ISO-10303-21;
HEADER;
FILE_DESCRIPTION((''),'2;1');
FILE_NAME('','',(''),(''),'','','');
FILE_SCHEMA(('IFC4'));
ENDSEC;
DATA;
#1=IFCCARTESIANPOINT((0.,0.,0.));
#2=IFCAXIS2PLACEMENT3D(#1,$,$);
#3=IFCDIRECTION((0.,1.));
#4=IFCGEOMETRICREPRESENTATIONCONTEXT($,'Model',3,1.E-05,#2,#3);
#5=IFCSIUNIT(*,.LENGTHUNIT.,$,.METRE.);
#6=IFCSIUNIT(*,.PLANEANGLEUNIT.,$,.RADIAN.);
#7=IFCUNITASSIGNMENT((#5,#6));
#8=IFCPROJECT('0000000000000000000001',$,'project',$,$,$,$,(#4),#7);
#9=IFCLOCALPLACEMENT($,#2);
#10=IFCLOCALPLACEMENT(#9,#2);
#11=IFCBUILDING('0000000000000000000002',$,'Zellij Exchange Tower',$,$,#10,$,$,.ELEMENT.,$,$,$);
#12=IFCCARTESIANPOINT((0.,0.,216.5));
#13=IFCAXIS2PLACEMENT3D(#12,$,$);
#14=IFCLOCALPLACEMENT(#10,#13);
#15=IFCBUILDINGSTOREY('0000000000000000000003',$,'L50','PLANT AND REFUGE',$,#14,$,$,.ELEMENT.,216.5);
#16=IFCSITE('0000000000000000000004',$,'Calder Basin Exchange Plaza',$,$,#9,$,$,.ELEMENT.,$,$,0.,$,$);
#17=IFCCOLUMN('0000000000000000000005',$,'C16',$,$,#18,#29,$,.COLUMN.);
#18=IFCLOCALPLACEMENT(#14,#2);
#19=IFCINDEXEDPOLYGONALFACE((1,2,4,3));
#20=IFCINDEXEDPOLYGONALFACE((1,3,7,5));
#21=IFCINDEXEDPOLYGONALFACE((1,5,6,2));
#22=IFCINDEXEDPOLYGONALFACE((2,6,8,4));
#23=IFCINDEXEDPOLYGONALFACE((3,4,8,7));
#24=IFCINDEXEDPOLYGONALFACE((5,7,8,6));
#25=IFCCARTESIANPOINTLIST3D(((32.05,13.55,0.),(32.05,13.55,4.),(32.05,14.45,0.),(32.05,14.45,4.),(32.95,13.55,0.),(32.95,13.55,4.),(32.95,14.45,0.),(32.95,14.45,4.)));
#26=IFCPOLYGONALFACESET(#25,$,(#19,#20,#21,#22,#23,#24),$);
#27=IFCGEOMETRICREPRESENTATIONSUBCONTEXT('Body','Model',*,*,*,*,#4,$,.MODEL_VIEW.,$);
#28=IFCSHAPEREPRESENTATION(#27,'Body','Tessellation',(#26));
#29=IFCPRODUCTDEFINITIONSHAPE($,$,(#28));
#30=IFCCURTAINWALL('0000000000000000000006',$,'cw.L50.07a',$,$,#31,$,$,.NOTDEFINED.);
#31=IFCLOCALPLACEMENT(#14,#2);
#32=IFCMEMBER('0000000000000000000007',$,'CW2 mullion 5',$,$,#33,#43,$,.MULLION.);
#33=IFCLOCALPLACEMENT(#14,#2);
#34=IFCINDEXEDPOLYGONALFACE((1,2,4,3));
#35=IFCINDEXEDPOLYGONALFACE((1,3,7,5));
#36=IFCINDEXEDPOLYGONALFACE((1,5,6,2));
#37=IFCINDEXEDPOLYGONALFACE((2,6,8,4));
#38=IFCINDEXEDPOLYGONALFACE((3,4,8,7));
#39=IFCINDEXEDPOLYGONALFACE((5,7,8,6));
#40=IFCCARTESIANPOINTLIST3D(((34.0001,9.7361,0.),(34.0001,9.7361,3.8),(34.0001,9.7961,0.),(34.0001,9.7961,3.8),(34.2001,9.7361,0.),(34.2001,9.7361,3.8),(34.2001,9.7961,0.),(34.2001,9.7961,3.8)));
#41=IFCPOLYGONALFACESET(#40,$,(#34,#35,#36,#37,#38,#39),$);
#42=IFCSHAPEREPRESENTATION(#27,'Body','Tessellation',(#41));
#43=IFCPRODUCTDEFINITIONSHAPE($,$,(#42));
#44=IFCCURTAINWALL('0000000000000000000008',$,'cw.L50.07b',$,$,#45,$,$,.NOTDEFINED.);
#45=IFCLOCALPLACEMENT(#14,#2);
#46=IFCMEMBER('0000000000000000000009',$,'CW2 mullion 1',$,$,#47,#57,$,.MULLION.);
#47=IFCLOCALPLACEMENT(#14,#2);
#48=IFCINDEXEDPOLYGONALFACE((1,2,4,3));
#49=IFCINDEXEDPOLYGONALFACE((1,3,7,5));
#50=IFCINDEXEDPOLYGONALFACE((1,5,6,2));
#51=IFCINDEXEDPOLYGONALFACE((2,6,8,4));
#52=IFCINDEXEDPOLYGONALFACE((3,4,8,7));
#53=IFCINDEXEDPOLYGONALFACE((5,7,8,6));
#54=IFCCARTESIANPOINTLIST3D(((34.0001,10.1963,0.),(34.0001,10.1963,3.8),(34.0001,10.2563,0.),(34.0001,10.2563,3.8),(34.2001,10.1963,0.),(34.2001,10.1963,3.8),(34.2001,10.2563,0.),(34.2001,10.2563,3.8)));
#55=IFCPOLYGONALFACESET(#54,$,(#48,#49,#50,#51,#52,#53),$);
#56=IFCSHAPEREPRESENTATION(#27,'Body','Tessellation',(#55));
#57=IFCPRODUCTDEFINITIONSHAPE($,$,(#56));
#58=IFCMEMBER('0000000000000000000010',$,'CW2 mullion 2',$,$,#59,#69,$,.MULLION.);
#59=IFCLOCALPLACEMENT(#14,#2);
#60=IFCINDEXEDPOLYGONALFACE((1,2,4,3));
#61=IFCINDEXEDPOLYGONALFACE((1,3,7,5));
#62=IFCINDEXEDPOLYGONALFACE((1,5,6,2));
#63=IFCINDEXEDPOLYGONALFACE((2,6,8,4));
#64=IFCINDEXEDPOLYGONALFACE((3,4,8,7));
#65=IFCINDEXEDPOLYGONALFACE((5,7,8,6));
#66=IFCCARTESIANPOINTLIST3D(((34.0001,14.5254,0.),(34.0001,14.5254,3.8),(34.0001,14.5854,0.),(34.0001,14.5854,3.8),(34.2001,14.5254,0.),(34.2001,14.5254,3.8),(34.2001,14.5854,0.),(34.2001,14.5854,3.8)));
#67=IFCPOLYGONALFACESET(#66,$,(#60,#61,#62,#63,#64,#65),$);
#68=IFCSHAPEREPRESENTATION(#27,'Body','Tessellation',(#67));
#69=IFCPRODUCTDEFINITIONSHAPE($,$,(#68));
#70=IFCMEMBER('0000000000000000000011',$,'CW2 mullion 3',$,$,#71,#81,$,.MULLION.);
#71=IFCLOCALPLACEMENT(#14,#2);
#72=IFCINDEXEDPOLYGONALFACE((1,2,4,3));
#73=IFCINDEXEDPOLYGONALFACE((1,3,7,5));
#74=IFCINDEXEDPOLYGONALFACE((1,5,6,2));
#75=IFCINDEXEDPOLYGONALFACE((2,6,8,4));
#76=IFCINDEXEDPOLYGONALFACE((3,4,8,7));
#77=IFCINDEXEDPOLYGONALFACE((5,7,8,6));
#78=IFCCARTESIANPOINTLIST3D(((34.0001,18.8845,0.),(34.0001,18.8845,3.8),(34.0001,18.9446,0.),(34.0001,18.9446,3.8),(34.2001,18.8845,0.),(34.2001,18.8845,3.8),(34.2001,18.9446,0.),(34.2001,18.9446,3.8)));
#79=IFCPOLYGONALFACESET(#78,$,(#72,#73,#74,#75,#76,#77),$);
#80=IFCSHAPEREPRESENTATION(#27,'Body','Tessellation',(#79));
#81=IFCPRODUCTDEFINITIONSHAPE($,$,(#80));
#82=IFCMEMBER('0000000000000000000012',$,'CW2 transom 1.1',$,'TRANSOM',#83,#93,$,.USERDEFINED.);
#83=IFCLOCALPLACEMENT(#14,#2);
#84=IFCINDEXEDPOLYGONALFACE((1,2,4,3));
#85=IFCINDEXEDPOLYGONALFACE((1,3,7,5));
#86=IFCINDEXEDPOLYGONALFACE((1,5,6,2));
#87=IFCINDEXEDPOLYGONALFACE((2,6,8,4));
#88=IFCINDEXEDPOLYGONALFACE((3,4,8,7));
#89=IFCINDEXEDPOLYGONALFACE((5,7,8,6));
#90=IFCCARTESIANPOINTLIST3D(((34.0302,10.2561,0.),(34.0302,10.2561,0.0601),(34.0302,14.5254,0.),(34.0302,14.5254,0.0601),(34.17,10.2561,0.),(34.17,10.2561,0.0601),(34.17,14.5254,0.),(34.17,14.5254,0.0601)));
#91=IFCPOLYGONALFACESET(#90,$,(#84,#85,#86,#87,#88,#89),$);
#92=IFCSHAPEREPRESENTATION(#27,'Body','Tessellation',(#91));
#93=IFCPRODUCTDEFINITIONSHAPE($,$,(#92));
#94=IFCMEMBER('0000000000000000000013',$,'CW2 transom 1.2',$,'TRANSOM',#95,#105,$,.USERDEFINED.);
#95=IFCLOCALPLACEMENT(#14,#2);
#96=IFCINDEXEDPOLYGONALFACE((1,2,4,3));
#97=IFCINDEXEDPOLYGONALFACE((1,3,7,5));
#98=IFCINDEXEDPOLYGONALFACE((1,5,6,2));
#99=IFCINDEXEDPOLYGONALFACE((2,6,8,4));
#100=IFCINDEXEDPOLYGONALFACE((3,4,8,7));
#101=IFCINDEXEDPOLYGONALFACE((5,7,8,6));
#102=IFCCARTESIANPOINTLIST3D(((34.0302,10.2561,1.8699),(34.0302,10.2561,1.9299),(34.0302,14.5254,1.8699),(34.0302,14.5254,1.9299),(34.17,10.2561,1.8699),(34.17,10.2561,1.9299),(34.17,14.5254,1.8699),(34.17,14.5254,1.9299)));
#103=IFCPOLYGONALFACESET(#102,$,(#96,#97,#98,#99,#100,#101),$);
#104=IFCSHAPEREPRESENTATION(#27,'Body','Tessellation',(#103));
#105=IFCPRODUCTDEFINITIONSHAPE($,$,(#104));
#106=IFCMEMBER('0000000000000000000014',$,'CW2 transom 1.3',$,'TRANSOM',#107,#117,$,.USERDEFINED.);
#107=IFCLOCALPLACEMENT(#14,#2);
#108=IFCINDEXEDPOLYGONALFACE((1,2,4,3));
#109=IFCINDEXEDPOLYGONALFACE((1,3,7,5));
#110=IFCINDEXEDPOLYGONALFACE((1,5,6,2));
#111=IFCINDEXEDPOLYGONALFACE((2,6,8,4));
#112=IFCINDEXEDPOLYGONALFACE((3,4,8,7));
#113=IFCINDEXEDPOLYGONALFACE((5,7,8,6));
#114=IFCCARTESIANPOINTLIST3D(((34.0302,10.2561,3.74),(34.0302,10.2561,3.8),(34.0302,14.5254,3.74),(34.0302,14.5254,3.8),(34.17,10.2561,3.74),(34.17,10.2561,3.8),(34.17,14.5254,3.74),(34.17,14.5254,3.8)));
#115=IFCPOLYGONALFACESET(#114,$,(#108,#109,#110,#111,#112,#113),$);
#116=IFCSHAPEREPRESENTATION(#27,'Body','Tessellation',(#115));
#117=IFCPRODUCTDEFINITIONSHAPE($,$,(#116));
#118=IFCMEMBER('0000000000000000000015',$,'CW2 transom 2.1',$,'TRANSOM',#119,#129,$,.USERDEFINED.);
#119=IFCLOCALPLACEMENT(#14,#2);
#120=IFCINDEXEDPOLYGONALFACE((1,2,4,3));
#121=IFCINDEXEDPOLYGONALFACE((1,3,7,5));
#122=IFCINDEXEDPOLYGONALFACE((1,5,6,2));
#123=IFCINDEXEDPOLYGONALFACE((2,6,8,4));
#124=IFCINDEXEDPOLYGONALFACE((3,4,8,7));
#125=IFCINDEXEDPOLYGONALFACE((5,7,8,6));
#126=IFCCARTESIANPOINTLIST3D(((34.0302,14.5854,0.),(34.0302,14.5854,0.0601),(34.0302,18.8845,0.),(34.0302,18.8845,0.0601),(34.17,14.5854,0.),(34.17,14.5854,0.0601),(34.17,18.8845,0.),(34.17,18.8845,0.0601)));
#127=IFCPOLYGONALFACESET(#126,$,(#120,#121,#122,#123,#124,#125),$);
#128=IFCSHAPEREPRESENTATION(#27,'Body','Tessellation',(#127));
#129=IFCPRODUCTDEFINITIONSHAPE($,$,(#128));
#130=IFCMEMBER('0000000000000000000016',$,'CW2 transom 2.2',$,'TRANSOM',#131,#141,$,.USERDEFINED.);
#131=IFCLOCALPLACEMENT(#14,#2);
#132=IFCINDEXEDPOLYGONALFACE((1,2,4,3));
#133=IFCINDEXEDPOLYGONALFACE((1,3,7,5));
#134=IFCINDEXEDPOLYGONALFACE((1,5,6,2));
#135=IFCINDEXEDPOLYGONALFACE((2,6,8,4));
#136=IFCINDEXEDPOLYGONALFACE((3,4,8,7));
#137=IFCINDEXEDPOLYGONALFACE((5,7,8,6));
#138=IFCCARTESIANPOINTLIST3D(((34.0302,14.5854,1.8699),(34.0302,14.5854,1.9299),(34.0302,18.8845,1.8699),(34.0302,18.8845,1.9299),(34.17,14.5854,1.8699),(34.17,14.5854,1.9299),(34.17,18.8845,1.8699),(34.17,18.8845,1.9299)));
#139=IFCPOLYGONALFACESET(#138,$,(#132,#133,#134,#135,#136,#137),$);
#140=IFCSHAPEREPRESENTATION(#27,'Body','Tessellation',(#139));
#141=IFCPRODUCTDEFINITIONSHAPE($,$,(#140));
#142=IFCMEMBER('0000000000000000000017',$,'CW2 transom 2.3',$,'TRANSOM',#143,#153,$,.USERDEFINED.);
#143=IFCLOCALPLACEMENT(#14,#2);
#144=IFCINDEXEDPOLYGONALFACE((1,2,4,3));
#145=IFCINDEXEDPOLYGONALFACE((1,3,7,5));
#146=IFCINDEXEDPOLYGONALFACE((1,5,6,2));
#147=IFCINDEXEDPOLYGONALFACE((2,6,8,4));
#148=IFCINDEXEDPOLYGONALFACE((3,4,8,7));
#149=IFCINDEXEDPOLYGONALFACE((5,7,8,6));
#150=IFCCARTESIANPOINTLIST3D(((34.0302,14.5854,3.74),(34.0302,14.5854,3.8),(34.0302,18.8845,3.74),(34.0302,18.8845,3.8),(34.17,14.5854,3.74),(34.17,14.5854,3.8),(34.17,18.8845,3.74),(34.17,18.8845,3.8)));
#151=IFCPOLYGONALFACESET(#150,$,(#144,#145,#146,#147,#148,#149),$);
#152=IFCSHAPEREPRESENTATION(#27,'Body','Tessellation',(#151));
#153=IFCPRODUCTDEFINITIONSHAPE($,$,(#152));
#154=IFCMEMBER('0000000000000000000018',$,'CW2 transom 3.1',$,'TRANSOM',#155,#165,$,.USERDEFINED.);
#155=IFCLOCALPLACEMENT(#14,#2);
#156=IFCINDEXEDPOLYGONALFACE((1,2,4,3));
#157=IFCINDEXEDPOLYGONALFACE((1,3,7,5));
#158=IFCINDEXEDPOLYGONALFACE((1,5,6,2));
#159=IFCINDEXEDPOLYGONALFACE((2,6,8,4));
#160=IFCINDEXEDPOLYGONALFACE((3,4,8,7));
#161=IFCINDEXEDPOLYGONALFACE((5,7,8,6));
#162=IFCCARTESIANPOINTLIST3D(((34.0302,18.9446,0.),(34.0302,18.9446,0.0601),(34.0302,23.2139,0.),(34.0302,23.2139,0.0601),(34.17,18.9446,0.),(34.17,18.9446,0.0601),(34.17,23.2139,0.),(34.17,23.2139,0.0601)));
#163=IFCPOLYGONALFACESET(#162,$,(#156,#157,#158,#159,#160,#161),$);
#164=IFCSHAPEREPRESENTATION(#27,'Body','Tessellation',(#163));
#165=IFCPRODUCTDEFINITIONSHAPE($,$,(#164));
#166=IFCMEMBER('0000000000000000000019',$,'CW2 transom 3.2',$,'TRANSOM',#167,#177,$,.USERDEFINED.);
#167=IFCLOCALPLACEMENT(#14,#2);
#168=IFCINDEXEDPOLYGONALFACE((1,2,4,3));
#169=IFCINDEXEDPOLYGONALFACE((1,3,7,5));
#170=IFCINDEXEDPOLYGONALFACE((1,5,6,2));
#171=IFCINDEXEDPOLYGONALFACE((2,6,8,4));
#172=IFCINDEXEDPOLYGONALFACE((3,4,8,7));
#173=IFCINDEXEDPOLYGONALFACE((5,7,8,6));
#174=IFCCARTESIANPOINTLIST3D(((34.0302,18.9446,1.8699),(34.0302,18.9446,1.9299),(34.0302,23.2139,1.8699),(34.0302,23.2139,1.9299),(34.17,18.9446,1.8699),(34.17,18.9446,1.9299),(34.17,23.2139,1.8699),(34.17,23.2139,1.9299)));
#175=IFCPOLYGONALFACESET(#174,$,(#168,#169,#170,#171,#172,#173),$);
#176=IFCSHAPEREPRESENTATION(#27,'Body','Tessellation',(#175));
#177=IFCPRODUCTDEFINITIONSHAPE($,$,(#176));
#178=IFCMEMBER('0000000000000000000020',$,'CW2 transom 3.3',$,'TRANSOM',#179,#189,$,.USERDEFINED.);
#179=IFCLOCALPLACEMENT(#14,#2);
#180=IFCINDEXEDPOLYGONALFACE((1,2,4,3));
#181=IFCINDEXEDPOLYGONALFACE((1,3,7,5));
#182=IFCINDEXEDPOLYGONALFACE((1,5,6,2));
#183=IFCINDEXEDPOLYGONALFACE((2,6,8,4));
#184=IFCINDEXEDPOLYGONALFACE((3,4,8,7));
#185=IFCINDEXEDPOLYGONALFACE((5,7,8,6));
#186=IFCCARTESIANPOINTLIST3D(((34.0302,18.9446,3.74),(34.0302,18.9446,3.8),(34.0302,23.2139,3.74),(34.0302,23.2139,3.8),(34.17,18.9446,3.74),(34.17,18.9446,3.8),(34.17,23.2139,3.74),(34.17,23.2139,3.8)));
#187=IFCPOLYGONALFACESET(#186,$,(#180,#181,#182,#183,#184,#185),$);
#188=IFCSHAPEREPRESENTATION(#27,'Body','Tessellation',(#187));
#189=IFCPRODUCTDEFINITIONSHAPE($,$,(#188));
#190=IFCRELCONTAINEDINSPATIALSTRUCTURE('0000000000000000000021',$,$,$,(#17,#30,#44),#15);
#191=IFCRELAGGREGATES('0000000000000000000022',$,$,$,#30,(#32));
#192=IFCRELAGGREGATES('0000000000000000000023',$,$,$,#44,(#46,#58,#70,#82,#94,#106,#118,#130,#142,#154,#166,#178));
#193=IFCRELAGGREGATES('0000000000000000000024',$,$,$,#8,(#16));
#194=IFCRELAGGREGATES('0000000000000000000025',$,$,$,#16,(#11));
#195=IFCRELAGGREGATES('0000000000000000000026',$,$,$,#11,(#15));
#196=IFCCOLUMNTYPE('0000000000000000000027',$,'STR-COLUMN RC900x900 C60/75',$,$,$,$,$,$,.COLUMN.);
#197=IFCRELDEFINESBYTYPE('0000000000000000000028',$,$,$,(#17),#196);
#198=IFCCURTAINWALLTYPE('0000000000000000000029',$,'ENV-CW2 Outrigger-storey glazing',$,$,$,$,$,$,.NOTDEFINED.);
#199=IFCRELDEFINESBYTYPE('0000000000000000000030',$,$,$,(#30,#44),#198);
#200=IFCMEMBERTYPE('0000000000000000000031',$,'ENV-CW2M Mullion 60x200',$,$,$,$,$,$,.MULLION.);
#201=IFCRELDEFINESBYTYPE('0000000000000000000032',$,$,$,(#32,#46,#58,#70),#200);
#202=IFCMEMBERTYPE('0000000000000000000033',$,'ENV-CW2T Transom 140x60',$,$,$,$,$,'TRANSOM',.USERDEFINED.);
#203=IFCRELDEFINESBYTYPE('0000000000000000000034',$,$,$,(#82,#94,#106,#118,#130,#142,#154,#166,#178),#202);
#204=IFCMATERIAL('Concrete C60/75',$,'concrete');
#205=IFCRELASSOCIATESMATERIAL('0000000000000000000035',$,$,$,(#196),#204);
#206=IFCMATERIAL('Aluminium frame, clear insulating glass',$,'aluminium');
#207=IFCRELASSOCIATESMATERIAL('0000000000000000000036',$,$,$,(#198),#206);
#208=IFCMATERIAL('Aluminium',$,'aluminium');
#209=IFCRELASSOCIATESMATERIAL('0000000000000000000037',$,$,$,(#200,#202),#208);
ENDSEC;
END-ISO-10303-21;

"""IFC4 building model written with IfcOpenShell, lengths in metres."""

from ifc_helpers import new_model, si_unit, direction, frame, origin, origin_2d, place, context, subcontext, project, spatial, rectangle, extrude, material, material_profile, profile_set, type_object, element, aggregate, save


model = new_model("IFC4")

# Units and contexts
model_context = context("Model", 3, precision=1e-05, world=origin(), true_north=direction((0.0, 1.0)))
body_context = subcontext(model_context, "Body", "Model", "MODEL_VIEW")
ifc_project = project(units=[si_unit("LENGTHUNIT", "METRE"), si_unit("PLANEANGLEUNIT", "RADIAN")], contexts=[model_context])

# Site, building, storey
site_placement = place(None, origin())
site = spatial("IfcSite", under=ifc_project, at=site_placement, Name="Calder Basin Exchange Plaza", CompositionType="ELEMENT", RefElevation=0.0)
building_placement = place(site_placement, origin())
building = spatial("IfcBuilding", under=site, at=building_placement, Name="Zellij Exchange Tower", CompositionType="ELEMENT")
storey_placement = place(building_placement, frame((0.0, 0.0, 216.5)))
storey = spatial("IfcBuildingStorey", under=building, at=storey_placement, Name="L50", Description="PLANT AND REFUGE", CompositionType="ELEMENT", Elevation=216.5)

# Column
ifc_material_1 = material(Name="Concrete C60/75", Category="concrete")
ifc_material_profile_1 = material_profile(ifc_material_1, rectangle(XDim=0.8999, YDim=0.8999, at=origin_2d()), Name="STR-COLUMN RC900x900 C60/75")
ifc_profile_set_1 = profile_set([ifc_material_profile_1], Name="Concrete C60/75")
column_type = type_object("IfcColumnType", Name="STR-COLUMN RC900x900 C60/75", PredefinedType="COLUMN", material=ifc_profile_set_1)
column_placement = place(storey_placement, frame((32.5, 14.0, 0.0), z_axis=(0.0, 0.0, 1.0), x_axis=(1.0, 0.0, 0.0)))
element("IfcColumn", 1, at=column_placement, inside=storey, type_object=column_type, Name="C16", PredefinedType="COLUMN", context=body_context, shape_type="SweptSolid", body=[
    extrude(rectangle(XDim=0.8999, YDim=0.8999, at=origin_2d()), origin(), (0.0, 0.0, 1.0), 4.0),
])

# Curtain wall, member
ifc_material_2 = material(Name="Aluminium frame, clear insulating glass", Category="aluminium")
curtain_wall_type = type_object("IfcCurtainWallType", Name="ENV-CW2 Outrigger-storey glazing", PredefinedType="NOTDEFINED", material=ifc_material_2)
curtain_wall_1_placement = place(storey_placement, origin())
curtain_wall_1 = element("IfcCurtainWall", 2, at=curtain_wall_1_placement, inside=storey, type_object=curtain_wall_type, Name="cw.L50.07a", PredefinedType="NOTDEFINED")
ifc_material_3 = material(Name="Aluminium", Category="aluminium")
ifc_material_profile_2 = material_profile(ifc_material_3, rectangle(XDim=0.0601, YDim=0.2, at=origin_2d()), Name="AL 60x200")
ifc_profile_set_2 = profile_set([ifc_material_profile_2], Name="Aluminium")
member_type_1 = type_object("IfcMemberType", Name="ENV-CW2M Mullion 60x200", PredefinedType="MULLION", material=ifc_profile_set_2)
member_1_placement = place(storey_placement, frame((34.1001, 9.7661, 0.0), z_axis=(0.0, 0.0, 1.0), x_axis=(0.0, 1.0, 0.0)))
member_1 = element("IfcMember", 3, at=member_1_placement, type_object=member_type_1, Name="CW2 mullion 5", PredefinedType="MULLION", context=body_context, shape_type="SweptSolid", body=[
    extrude(rectangle(XDim=0.0601, YDim=0.2, at=origin_2d()), origin(), (0.0, 0.0, 1.0), 3.8),
])
aggregate(curtain_wall_1, [member_1])

# Curtain wall, members
curtain_wall_2_placement = place(storey_placement, origin())
curtain_wall_2 = element("IfcCurtainWall", 4, at=curtain_wall_2_placement, inside=storey, type_object=curtain_wall_type, Name="cw.L50.07b", PredefinedType="NOTDEFINED")
member_2_placement = place(storey_placement, frame((34.1001, 10.2263, 0.0), z_axis=(0.0, 0.0, 1.0), x_axis=(0.0, 1.0, 0.0)))
member_2 = element("IfcMember", 5, at=member_2_placement, type_object=member_type_1, Name="CW2 mullion 1", PredefinedType="MULLION", context=body_context, shape_type="SweptSolid", body=[
    extrude(rectangle(XDim=0.0601, YDim=0.2, at=origin_2d()), origin(), (0.0, 0.0, 1.0), 3.8),
])
member_3_placement = place(storey_placement, frame((34.1001, 14.5554, 0.0), z_axis=(0.0, 0.0, 1.0), x_axis=(0.0, 1.0, 0.0)))
member_3 = element("IfcMember", 6, at=member_3_placement, type_object=member_type_1, Name="CW2 mullion 2", PredefinedType="MULLION", context=body_context, shape_type="SweptSolid", body=[
    extrude(rectangle(XDim=0.0601, YDim=0.2, at=origin_2d()), origin(), (0.0, 0.0, 1.0), 3.8),
])
member_4_placement = place(storey_placement, frame((34.1001, 18.9146, 0.0), z_axis=(0.0, 0.0, 1.0), x_axis=(0.0, 1.0, 0.0)))
member_4 = element("IfcMember", 7, at=member_4_placement, type_object=member_type_1, Name="CW2 mullion 3", PredefinedType="MULLION", context=body_context, shape_type="SweptSolid", body=[
    extrude(rectangle(XDim=0.0601, YDim=0.2, at=origin_2d()), origin(), (0.0, 0.0, 1.0), 3.8),
])
ifc_material_profile_3 = material_profile(ifc_material_3, rectangle(XDim=0.1399, YDim=0.0601, at=origin_2d()), Name="AL 140x60")
ifc_profile_set_3 = profile_set([ifc_material_profile_3], Name="Aluminium")
member_type_2 = type_object("IfcMemberType", Name="ENV-CW2T Transom 140x60", ElementType="TRANSOM", PredefinedType="USERDEFINED", material=ifc_profile_set_3)
member_5_placement = place(storey_placement, frame((34.1001, 10.2561, 0.03), z_axis=(0.0, 1.0, 0.0), x_axis=(-1.0, 0.0, 0.0)))
member_5 = element("IfcMember", 8, at=member_5_placement, type_object=member_type_2, Name="CW2 transom 1.1", ObjectType="TRANSOM", PredefinedType="USERDEFINED", context=body_context, shape_type="SweptSolid", body=[
    extrude(rectangle(XDim=0.1399, YDim=0.0601, at=origin_2d()), origin(), (0.0, 0.0, 1.0), 4.2693),
])
member_6_placement = place(storey_placement, frame((34.1001, 10.2561, 1.8999), z_axis=(0.0, 1.0, 0.0), x_axis=(-1.0, 0.0, 0.0)))
member_6 = element("IfcMember", 9, at=member_6_placement, type_object=member_type_2, Name="CW2 transom 1.2", ObjectType="TRANSOM", PredefinedType="USERDEFINED", context=body_context, shape_type="SweptSolid", body=[
    extrude(rectangle(XDim=0.1399, YDim=0.0601, at=origin_2d()), origin(), (0.0, 0.0, 1.0), 4.2693),
])
member_7_placement = place(storey_placement, frame((34.1001, 10.2561, 3.77), z_axis=(0.0, 1.0, 0.0), x_axis=(-1.0, 0.0, 0.0)))
member_7 = element("IfcMember", 10, at=member_7_placement, type_object=member_type_2, Name="CW2 transom 1.3", ObjectType="TRANSOM", PredefinedType="USERDEFINED", context=body_context, shape_type="SweptSolid", body=[
    extrude(rectangle(XDim=0.1399, YDim=0.0601, at=origin_2d()), origin(), (0.0, 0.0, 1.0), 4.2693),
])
member_8_placement = place(storey_placement, frame((34.1001, 14.5854, 0.03), z_axis=(0.0, 1.0, 0.0), x_axis=(-1.0, 0.0, 0.0)))
member_8 = element("IfcMember", 11, at=member_8_placement, type_object=member_type_2, Name="CW2 transom 2.1", ObjectType="TRANSOM", PredefinedType="USERDEFINED", context=body_context, shape_type="SweptSolid", body=[
    extrude(rectangle(XDim=0.1399, YDim=0.0601, at=origin_2d()), origin(), (0.0, 0.0, 1.0), 4.2991),
])
member_9_placement = place(storey_placement, frame((34.1001, 14.5854, 1.8999), z_axis=(0.0, 1.0, 0.0), x_axis=(-1.0, 0.0, 0.0)))
member_9 = element("IfcMember", 12, at=member_9_placement, type_object=member_type_2, Name="CW2 transom 2.2", ObjectType="TRANSOM", PredefinedType="USERDEFINED", context=body_context, shape_type="SweptSolid", body=[
    extrude(rectangle(XDim=0.1399, YDim=0.0601, at=origin_2d()), origin(), (0.0, 0.0, 1.0), 4.2991),
])
member_10_placement = place(storey_placement, frame((34.1001, 14.5854, 3.77), z_axis=(0.0, 1.0, 0.0), x_axis=(-1.0, 0.0, 0.0)))
member_10 = element("IfcMember", 13, at=member_10_placement, type_object=member_type_2, Name="CW2 transom 2.3", ObjectType="TRANSOM", PredefinedType="USERDEFINED", context=body_context, shape_type="SweptSolid", body=[
    extrude(rectangle(XDim=0.1399, YDim=0.0601, at=origin_2d()), origin(), (0.0, 0.0, 1.0), 4.2991),
])
member_11_placement = place(storey_placement, frame((34.1001, 18.9446, 0.03), z_axis=(0.0, 1.0, 0.0), x_axis=(-1.0, 0.0, 0.0)))
member_11 = element("IfcMember", 14, at=member_11_placement, type_object=member_type_2, Name="CW2 transom 3.1", ObjectType="TRANSOM", PredefinedType="USERDEFINED", context=body_context, shape_type="SweptSolid", body=[
    extrude(rectangle(XDim=0.1399, YDim=0.0601, at=origin_2d()), origin(), (0.0, 0.0, 1.0), 4.2693),
])
member_12_placement = place(storey_placement, frame((34.1001, 18.9446, 1.8999), z_axis=(0.0, 1.0, 0.0), x_axis=(-1.0, 0.0, 0.0)))
member_12 = element("IfcMember", 15, at=member_12_placement, type_object=member_type_2, Name="CW2 transom 3.2", ObjectType="TRANSOM", PredefinedType="USERDEFINED", context=body_context, shape_type="SweptSolid", body=[
    extrude(rectangle(XDim=0.1399, YDim=0.0601, at=origin_2d()), origin(), (0.0, 0.0, 1.0), 4.2693),
])
member_13_placement = place(storey_placement, frame((34.1001, 18.9446, 3.77), z_axis=(0.0, 1.0, 0.0), x_axis=(-1.0, 0.0, 0.0)))
member_13 = element("IfcMember", 16, at=member_13_placement, type_object=member_type_2, Name="CW2 transom 3.3", ObjectType="TRANSOM", PredefinedType="USERDEFINED", context=body_context, shape_type="SweptSolid", body=[
    extrude(rectangle(XDim=0.1399, YDim=0.0601, at=origin_2d()), origin(), (0.0, 0.0, 1.0), 4.2693),
])

aggregate(curtain_wall_2, [member_2, member_3, member_4, member_5, member_6, member_7, member_8, member_9, member_10, member_11, member_12, member_13])

save(model, "model.ifc")
